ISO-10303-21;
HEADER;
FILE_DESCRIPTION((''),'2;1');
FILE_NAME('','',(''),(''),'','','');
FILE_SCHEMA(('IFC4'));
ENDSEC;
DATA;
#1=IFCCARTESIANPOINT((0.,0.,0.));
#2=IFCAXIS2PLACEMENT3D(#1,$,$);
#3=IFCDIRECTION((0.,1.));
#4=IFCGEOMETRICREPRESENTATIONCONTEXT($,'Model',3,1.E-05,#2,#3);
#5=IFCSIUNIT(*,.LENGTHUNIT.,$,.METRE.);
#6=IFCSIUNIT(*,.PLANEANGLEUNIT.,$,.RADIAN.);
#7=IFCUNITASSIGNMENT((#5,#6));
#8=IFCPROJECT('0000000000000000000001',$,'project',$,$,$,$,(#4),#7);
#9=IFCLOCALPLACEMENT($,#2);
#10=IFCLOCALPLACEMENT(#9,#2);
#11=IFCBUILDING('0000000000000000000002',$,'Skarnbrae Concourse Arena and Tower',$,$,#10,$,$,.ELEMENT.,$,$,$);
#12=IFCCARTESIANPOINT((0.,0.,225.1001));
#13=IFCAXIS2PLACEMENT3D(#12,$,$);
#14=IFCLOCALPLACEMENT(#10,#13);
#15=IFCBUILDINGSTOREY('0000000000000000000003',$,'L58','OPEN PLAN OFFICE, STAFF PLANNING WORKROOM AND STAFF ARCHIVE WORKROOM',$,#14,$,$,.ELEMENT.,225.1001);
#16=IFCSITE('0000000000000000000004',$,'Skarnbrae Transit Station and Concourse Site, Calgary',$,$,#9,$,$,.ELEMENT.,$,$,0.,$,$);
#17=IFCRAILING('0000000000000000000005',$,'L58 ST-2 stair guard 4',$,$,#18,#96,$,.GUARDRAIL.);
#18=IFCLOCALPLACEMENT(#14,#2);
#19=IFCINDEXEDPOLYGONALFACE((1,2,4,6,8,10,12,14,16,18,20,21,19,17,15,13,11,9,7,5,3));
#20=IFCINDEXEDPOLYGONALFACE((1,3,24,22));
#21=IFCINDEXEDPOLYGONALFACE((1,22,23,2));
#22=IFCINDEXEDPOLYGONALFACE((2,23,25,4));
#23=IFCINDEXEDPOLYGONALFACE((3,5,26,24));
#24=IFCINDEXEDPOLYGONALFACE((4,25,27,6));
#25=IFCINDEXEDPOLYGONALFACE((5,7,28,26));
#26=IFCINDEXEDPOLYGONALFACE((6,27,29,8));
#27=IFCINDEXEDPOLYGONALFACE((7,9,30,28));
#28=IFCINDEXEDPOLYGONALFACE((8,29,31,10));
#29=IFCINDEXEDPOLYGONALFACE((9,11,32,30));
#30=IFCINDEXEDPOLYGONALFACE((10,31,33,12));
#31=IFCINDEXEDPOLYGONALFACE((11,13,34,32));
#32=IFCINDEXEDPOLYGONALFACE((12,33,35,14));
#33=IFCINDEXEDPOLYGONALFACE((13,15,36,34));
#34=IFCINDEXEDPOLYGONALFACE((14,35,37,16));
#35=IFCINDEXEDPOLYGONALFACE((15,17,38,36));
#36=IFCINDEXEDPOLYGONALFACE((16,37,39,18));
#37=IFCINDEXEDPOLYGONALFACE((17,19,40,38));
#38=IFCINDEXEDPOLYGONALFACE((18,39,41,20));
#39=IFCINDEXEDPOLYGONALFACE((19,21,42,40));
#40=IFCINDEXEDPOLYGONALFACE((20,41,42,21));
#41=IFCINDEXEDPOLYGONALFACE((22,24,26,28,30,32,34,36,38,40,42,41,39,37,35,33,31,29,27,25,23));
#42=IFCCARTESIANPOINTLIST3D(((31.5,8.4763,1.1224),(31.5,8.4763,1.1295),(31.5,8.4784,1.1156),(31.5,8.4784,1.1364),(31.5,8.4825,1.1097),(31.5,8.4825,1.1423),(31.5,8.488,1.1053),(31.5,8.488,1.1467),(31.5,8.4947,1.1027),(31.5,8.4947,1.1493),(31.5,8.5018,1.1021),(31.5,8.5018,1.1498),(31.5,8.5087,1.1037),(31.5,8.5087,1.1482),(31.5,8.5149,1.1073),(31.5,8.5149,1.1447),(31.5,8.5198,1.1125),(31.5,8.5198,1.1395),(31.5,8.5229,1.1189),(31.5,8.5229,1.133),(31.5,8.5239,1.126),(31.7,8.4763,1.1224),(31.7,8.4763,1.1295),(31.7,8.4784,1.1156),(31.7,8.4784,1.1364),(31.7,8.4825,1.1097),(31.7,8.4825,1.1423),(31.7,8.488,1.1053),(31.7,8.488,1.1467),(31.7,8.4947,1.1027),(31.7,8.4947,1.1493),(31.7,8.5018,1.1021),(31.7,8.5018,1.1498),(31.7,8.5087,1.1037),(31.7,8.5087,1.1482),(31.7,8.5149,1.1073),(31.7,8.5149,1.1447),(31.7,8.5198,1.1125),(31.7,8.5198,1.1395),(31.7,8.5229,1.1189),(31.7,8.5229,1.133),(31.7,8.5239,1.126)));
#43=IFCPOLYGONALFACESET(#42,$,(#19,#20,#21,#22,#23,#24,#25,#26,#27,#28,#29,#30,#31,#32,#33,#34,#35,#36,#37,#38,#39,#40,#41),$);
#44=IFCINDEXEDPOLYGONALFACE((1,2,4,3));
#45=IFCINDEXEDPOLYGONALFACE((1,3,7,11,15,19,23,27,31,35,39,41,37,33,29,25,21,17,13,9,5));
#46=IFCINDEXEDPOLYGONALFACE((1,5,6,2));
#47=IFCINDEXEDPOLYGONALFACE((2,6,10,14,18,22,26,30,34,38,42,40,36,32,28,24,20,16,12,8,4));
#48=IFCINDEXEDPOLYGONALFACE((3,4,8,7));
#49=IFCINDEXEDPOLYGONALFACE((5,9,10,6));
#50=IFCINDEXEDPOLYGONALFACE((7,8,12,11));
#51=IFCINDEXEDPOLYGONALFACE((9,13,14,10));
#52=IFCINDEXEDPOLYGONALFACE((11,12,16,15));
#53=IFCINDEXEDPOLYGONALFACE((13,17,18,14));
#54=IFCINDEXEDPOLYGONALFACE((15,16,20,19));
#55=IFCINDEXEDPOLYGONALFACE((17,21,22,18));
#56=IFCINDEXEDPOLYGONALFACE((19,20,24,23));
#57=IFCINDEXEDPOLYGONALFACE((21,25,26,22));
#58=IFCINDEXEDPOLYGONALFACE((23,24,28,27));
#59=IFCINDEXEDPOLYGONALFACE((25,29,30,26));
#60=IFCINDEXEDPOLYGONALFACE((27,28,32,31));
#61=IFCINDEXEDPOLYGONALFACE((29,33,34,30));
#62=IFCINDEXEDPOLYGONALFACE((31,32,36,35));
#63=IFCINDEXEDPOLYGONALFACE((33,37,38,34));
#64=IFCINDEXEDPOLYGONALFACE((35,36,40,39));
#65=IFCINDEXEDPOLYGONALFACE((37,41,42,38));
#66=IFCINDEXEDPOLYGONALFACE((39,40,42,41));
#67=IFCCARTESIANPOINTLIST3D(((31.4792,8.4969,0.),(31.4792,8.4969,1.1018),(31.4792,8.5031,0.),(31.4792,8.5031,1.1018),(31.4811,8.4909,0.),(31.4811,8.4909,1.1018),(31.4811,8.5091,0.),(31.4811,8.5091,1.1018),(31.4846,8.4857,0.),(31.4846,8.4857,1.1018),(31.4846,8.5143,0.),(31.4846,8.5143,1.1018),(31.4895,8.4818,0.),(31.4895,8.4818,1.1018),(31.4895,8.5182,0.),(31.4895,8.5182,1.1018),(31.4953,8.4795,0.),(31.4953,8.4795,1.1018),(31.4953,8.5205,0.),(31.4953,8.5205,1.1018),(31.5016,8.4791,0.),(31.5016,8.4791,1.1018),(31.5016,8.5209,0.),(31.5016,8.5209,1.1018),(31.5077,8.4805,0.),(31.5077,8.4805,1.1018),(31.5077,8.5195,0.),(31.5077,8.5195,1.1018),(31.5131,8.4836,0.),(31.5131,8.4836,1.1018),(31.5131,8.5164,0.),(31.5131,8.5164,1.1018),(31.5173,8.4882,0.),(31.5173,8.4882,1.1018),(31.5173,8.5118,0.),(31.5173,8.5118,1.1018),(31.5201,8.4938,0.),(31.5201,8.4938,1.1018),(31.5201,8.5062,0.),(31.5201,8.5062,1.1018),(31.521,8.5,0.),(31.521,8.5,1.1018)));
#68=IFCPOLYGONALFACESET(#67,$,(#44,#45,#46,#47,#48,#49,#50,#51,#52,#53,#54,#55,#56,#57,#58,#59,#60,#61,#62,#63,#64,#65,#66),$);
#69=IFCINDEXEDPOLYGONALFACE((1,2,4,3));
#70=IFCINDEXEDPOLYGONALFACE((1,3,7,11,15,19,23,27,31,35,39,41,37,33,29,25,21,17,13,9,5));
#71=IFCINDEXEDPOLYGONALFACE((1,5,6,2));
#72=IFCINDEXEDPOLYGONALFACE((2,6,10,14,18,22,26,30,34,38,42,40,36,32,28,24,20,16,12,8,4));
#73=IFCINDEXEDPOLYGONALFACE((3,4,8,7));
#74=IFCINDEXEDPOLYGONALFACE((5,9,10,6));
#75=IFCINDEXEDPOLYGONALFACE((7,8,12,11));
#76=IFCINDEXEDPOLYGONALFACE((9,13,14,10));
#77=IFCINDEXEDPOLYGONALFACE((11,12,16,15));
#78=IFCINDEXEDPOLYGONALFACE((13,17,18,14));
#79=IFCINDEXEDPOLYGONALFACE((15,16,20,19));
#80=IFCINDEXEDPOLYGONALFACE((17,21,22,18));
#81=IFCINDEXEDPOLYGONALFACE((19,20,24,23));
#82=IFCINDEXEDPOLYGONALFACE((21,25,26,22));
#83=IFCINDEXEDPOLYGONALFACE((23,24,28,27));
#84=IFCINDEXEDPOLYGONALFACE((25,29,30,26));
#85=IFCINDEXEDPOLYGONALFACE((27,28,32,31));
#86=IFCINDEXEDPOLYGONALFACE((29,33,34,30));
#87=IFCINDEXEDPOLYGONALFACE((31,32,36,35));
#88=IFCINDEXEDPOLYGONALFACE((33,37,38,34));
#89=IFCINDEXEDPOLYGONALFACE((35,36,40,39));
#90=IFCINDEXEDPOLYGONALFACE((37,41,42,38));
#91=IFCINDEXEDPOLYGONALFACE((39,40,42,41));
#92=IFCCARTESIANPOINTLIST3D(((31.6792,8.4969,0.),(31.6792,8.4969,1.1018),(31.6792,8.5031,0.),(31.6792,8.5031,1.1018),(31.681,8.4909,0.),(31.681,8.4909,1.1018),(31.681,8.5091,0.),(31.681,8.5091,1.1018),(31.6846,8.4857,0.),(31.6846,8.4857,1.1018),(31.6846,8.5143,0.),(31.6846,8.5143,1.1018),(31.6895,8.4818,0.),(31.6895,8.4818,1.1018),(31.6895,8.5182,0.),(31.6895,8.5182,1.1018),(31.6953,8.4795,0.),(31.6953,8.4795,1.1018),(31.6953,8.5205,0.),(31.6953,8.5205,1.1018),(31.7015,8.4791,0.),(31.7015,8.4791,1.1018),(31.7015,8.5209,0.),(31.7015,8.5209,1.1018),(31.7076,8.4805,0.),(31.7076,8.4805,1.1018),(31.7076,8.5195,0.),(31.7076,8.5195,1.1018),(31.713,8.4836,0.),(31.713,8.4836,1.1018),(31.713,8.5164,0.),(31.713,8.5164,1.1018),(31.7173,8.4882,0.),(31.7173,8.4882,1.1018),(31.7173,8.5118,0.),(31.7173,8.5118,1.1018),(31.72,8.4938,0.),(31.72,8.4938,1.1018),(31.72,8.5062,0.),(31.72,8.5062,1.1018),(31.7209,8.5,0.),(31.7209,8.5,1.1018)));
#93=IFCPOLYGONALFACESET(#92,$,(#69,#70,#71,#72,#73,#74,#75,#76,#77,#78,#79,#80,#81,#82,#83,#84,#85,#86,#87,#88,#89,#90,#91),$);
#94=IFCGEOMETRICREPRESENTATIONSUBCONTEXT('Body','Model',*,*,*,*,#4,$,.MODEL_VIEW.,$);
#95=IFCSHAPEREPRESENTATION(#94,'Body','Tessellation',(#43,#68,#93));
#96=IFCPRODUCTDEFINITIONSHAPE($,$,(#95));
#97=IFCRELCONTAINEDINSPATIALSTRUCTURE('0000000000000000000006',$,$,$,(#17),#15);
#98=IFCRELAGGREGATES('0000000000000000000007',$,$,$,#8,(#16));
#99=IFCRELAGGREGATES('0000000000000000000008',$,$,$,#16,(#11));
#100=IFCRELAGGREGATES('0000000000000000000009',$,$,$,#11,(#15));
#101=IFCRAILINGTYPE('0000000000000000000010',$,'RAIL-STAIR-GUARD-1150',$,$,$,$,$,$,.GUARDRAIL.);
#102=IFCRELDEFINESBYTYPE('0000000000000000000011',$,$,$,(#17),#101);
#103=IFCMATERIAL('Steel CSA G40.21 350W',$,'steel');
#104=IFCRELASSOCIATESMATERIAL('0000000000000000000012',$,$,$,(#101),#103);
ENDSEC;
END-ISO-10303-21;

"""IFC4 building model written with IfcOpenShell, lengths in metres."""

from ifc_helpers import new_model, si_unit, direction, frame, origin, origin_2d, place, context, subcontext, project, spatial, circle, extrude, material, type_object, element, save


model = new_model("IFC4")

# Units and contexts
model_context = context("Model", 3, precision=1e-05, world=origin(), true_north=direction((0.0, 1.0)))
body_context = subcontext(model_context, "Body", "Model", "MODEL_VIEW")
ifc_project = project(units=[si_unit("LENGTHUNIT", "METRE"), si_unit("PLANEANGLEUNIT", "RADIAN")], contexts=[model_context])

# Site, building, storey
site_placement = place(None, origin())
site = spatial("IfcSite", under=ifc_project, at=site_placement, Name="Skarnbrae Transit Station and Concourse Site, Calgary", CompositionType="ELEMENT", RefElevation=0.0)
building_placement = place(site_placement, origin())
building = spatial("IfcBuilding", under=site, at=building_placement, Name="Skarnbrae Concourse Arena and Tower", CompositionType="ELEMENT")
storey_placement = place(building_placement, frame((0.0, 0.0, 225.1001)))
storey = spatial("IfcBuildingStorey", under=building, at=storey_placement, Name="L58", Description="OPEN PLAN OFFICE, STAFF PLANNING WORKROOM AND STAFF ARCHIVE WORKROOM", CompositionType="ELEMENT", Elevation=225.1001)

# Shared definitions
ifc_material_1 = material(Name="Steel CSA G40.21 350W", Category="steel")

# Railing
railing_type = type_object("IfcRailingType", Name="RAIL-STAIR-GUARD-1150", PredefinedType="GUARDRAIL", material=ifc_material_1)
railing_1_placement = place(storey_placement, frame((31.5, 8.5, 0.0)))
element("IfcRailing", 1, at=railing_1_placement, inside=storey, type_object=railing_type, Name="L58 ST-2 stair guard 4", PredefinedType="GUARDRAIL", context=body_context, shape_type="SweptSolid", body=[
    extrude(circle(Radius=0.0239, at=origin_2d()), frame((0.0, 0.0, 1.126), z_axis=(1.0, 0.0, 0.0), x_axis=(0.0, 1.0, 0.0)), (0.0, 0.0, 1.0), 0.2),
    extrude(circle(Radius=0.021, at=origin_2d()), origin(), (0.0, 0.0, 1.0), 1.1018),
    extrude(circle(Radius=0.021, at=origin_2d()), frame((0.2, 0.0, 0.0)), (0.0, 0.0, 1.0), 1.1018),
])

save(model, "model.ifc")
